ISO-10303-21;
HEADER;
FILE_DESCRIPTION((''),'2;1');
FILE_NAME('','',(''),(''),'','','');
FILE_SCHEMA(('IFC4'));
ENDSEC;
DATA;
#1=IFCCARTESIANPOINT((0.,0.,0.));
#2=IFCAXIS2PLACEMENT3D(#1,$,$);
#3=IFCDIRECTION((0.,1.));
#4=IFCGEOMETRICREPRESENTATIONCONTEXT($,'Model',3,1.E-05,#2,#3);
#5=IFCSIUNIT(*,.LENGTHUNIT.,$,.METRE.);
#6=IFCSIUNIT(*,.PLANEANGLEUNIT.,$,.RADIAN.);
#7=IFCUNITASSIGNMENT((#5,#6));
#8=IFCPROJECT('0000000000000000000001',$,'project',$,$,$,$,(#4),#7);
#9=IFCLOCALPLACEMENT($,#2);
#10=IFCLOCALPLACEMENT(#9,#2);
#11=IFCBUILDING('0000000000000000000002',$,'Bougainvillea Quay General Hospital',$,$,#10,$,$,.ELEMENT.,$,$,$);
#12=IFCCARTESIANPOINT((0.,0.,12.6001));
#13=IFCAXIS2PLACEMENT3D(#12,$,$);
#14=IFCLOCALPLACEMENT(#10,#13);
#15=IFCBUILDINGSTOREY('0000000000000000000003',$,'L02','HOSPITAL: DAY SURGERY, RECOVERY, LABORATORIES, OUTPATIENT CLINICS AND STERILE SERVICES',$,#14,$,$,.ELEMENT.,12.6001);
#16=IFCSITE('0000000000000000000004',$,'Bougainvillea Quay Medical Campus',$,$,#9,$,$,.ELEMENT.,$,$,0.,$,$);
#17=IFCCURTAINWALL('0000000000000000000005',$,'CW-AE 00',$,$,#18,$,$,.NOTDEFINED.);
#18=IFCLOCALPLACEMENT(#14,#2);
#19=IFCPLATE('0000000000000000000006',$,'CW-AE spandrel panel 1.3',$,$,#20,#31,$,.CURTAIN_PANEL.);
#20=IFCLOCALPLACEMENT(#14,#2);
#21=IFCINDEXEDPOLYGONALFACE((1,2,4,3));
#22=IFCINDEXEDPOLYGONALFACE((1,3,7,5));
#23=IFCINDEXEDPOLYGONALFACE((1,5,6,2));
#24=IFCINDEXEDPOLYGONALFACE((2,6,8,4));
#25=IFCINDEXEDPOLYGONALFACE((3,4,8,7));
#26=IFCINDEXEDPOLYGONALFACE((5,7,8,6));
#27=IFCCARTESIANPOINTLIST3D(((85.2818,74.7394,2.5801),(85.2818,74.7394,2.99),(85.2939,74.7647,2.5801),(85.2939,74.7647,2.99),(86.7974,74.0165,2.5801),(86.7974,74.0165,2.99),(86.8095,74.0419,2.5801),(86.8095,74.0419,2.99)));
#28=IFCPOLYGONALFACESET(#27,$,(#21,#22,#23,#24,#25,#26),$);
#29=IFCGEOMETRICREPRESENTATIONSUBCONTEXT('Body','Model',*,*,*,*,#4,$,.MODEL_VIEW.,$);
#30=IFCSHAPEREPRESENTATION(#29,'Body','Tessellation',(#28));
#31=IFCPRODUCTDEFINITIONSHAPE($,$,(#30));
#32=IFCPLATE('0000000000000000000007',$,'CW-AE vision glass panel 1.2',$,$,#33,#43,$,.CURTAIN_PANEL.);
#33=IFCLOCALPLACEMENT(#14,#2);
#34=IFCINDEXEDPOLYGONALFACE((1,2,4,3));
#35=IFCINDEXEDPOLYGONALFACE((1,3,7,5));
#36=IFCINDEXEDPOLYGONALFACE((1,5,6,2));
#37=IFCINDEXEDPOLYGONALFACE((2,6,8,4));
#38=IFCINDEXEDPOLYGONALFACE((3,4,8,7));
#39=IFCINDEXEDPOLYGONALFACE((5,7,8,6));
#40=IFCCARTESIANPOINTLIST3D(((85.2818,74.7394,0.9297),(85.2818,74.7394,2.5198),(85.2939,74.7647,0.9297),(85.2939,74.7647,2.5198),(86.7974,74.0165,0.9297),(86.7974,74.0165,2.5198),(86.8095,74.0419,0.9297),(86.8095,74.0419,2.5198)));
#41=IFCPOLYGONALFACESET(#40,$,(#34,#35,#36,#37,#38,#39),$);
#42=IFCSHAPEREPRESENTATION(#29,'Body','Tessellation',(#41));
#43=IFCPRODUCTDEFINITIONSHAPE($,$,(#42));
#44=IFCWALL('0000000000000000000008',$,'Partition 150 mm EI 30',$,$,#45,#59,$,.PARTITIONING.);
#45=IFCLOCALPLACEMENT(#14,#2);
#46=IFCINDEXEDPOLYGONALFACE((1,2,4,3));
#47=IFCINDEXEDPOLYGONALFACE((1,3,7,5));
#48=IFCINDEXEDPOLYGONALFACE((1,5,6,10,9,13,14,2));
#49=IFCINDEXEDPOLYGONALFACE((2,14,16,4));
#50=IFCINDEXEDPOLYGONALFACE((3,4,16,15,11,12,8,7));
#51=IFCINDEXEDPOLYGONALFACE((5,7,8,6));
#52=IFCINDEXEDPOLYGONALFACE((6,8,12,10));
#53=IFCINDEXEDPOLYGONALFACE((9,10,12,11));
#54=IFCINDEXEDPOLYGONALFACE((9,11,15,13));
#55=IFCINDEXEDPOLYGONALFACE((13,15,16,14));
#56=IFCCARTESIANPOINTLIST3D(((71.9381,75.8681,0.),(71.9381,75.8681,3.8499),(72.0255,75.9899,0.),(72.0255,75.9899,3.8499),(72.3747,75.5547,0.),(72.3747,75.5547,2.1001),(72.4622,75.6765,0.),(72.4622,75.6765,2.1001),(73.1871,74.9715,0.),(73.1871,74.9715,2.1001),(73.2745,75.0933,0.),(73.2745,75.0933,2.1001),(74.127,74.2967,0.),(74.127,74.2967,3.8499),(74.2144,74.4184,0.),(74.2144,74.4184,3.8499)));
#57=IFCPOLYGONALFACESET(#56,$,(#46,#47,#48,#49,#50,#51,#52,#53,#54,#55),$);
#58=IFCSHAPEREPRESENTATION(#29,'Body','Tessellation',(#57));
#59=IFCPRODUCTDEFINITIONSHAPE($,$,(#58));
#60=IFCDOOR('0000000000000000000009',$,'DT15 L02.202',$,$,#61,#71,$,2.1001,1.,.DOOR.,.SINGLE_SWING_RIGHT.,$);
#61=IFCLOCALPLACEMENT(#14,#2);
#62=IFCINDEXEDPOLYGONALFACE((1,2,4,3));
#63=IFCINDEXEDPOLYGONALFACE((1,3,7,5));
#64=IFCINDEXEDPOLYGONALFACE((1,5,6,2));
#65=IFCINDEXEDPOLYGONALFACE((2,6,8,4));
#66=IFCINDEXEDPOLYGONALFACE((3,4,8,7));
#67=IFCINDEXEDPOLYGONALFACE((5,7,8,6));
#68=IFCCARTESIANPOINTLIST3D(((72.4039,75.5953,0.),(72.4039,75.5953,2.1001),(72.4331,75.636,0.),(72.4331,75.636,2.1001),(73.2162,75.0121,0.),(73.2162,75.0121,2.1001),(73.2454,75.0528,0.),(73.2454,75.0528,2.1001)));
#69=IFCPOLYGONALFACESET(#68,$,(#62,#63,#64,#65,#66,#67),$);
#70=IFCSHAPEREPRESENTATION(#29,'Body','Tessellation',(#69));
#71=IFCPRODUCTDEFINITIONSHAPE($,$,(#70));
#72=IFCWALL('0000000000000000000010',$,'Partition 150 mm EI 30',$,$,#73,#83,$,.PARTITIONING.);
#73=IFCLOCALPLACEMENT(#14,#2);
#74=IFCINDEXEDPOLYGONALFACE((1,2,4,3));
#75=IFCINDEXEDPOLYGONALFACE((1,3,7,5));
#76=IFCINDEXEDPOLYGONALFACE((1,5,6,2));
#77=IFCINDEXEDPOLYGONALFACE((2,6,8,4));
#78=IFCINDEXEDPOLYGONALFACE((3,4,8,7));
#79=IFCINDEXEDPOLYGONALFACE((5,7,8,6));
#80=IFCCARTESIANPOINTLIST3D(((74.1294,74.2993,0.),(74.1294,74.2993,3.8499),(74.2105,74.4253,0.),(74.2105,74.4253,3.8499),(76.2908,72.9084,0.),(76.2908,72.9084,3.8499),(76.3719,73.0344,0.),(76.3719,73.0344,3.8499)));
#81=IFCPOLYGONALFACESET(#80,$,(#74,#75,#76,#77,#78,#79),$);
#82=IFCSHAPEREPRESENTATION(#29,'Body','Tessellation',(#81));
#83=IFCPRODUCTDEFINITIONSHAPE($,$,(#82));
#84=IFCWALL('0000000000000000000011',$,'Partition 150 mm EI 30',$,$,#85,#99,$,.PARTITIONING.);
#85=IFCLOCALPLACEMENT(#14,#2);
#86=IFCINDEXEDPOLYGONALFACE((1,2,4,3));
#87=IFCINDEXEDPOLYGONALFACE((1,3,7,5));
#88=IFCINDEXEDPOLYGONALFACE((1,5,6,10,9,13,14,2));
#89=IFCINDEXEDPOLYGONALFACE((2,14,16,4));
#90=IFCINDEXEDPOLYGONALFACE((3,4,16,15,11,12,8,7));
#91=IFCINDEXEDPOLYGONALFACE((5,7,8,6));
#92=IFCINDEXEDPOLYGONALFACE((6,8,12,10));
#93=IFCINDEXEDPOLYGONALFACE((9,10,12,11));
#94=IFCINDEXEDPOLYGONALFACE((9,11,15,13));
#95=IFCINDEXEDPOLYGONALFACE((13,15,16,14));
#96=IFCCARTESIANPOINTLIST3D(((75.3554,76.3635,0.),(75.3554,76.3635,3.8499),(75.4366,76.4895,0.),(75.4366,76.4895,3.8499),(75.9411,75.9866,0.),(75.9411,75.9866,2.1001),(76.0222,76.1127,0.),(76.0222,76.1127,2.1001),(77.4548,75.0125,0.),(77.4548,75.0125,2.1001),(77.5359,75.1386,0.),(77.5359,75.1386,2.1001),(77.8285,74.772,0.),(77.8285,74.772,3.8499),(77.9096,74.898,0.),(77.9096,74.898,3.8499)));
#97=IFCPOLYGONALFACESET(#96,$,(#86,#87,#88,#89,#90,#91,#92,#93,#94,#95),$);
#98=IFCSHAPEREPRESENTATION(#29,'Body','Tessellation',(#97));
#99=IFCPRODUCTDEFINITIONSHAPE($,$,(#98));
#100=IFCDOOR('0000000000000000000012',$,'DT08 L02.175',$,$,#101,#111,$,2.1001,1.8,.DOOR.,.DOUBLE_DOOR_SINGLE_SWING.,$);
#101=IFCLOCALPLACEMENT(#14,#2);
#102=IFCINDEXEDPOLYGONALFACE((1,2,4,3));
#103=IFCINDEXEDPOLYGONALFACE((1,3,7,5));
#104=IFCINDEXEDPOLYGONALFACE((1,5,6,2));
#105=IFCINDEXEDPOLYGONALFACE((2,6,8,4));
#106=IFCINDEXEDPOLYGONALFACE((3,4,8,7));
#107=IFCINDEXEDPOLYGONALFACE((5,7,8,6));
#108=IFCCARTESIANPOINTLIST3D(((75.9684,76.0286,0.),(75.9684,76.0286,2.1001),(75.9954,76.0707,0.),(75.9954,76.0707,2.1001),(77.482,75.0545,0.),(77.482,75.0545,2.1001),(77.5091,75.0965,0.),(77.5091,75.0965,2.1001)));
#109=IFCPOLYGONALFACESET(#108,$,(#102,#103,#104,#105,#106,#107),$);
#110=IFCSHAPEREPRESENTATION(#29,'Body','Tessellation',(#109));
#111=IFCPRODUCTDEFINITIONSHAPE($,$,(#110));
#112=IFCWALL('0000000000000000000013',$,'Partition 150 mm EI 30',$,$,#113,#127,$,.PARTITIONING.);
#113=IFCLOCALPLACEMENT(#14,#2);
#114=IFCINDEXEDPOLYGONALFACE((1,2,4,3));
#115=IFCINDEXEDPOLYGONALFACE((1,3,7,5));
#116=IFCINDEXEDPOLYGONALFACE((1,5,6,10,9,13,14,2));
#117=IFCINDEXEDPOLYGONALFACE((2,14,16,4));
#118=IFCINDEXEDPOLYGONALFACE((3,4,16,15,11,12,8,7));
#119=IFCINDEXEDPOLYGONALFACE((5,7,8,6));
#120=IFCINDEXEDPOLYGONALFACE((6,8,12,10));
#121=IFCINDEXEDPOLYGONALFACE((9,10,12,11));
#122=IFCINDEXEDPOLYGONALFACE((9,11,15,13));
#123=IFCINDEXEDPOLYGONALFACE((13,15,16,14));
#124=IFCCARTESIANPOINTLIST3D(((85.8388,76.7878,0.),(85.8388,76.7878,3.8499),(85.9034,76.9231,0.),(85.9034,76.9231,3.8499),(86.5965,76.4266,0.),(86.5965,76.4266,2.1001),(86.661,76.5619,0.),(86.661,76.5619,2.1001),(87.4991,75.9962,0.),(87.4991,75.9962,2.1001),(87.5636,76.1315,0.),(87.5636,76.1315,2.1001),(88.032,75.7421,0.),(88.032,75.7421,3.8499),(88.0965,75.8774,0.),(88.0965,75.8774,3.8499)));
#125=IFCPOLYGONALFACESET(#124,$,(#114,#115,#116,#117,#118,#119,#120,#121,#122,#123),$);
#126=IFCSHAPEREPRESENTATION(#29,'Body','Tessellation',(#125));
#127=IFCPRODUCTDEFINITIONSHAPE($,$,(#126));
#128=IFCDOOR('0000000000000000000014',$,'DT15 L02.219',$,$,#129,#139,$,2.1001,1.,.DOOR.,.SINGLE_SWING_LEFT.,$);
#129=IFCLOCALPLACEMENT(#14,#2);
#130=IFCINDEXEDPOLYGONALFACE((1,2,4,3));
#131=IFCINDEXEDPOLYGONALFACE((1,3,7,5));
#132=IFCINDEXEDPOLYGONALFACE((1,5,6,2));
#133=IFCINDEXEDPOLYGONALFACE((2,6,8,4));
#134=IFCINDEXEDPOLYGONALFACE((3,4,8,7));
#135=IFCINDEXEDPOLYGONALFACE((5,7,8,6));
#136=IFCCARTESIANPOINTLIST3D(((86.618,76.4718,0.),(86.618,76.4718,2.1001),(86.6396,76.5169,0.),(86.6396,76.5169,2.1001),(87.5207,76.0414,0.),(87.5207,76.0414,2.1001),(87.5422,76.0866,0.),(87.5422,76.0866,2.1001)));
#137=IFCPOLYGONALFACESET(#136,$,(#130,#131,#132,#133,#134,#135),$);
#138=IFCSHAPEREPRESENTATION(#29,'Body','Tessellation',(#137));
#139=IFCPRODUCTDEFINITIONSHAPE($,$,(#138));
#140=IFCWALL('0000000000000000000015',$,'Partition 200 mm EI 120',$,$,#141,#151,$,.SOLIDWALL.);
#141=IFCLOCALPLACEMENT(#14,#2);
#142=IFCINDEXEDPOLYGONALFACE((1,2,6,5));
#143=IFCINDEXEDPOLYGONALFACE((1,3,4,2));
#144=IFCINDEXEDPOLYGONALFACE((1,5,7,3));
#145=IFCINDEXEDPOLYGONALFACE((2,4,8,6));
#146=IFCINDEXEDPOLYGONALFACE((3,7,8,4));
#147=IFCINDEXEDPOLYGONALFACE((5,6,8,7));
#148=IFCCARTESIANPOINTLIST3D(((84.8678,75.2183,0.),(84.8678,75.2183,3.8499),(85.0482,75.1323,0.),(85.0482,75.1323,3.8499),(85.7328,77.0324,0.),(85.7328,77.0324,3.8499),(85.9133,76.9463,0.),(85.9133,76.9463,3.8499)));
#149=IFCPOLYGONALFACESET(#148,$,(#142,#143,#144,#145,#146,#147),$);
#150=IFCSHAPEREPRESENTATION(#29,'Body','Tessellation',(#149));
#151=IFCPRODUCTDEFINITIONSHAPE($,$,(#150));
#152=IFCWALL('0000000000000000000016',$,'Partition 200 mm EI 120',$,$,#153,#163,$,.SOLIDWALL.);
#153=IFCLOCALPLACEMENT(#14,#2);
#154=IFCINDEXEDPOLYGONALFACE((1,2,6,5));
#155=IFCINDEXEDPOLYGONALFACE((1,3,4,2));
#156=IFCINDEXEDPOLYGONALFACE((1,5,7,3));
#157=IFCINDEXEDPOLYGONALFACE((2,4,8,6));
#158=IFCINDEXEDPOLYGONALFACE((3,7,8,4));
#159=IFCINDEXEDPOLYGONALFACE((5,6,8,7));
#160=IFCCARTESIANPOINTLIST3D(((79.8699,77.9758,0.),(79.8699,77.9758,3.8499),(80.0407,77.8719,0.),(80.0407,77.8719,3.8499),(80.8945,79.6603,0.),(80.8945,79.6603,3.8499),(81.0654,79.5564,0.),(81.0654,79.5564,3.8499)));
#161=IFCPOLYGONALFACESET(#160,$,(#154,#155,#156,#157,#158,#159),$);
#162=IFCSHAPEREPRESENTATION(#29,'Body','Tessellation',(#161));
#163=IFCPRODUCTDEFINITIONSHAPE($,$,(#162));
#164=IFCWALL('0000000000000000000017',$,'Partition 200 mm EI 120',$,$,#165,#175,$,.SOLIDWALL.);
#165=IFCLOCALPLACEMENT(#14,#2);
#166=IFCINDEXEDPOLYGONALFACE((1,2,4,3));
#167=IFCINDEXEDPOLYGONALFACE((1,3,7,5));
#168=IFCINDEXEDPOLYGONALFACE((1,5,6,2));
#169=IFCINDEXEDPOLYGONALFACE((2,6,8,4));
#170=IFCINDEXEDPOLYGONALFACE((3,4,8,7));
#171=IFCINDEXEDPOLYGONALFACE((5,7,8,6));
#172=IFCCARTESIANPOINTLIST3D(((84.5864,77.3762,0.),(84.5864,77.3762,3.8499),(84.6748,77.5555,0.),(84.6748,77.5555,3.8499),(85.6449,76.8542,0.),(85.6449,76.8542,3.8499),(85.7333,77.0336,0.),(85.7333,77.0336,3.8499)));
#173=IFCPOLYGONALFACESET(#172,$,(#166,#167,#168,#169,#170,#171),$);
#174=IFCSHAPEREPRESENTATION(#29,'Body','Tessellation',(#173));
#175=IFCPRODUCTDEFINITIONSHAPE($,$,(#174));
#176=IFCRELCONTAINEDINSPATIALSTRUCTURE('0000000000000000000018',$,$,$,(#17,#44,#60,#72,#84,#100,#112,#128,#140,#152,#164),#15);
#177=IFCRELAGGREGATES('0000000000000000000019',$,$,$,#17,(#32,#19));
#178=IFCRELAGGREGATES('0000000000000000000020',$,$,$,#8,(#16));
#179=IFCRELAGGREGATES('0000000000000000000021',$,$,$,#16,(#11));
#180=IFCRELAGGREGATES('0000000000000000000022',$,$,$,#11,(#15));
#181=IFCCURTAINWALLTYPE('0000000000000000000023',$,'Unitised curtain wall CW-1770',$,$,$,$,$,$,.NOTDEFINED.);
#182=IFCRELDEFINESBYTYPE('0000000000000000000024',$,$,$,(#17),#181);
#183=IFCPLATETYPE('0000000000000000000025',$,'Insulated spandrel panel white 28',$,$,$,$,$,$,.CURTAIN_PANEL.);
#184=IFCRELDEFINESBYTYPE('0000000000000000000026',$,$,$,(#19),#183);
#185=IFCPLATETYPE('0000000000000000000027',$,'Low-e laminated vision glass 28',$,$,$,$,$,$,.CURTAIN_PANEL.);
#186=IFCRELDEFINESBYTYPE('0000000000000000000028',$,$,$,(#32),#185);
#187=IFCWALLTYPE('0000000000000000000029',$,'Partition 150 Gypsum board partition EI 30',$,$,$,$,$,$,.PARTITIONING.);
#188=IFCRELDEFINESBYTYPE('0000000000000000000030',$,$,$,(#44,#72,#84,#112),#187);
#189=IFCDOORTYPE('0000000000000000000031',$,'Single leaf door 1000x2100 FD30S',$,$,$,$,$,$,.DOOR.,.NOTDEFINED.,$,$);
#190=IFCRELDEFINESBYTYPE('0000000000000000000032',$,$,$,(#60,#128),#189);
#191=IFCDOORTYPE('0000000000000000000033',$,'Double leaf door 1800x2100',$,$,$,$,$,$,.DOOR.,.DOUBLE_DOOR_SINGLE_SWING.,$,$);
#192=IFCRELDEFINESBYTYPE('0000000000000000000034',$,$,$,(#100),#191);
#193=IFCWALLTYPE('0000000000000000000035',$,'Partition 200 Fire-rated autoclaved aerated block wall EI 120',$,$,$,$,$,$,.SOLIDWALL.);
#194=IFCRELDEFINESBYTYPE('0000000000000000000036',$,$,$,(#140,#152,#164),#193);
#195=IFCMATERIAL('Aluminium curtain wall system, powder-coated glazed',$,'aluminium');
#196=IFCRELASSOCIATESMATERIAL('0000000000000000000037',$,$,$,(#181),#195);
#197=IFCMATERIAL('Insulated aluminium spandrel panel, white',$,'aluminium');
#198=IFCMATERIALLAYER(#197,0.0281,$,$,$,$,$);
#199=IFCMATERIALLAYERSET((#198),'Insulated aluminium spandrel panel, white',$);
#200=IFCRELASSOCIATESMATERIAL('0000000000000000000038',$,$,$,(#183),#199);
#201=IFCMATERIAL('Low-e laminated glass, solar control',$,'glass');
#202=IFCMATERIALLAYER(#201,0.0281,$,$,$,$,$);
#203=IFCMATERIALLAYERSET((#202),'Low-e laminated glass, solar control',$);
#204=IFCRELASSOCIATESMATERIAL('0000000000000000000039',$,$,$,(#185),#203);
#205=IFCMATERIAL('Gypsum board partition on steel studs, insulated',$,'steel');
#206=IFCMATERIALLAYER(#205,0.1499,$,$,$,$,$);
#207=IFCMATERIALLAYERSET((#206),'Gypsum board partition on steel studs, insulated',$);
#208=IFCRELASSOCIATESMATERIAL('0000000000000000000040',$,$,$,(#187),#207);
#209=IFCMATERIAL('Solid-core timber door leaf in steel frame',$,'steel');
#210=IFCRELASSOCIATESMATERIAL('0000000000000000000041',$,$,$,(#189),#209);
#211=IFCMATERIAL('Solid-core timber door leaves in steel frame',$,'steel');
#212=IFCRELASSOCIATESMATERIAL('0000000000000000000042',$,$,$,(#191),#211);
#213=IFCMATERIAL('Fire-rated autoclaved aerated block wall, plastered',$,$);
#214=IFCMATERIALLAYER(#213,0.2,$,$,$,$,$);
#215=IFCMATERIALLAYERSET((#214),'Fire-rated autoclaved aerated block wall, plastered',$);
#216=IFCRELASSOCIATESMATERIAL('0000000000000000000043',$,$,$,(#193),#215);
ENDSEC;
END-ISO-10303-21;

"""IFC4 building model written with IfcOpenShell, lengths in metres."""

from ifc_helpers import new_model, si_unit, direction, frame, frame_2d, origin, origin_2d, place, context, subcontext, project, spatial, rectangle, extrude, material, layer, layer_set, type_object, element, fill, aggregate, save


model = new_model("IFC4")

# Units and contexts
model_context = context("Model", 3, precision=1e-05, world=origin(), true_north=direction((0.0, 1.0)))
body_context = subcontext(model_context, "Body", "Model", "MODEL_VIEW")
ifc_project = project(units=[si_unit("LENGTHUNIT", "METRE"), si_unit("PLANEANGLEUNIT", "RADIAN")], contexts=[model_context])

# Site, building, storey
site_placement = place(None, origin())
site = spatial("IfcSite", under=ifc_project, at=site_placement, Name="Bougainvillea Quay Medical Campus", CompositionType="ELEMENT", RefElevation=0.0)
building_placement = place(site_placement, origin())
building = spatial("IfcBuilding", under=site, at=building_placement, Name="Bougainvillea Quay General Hospital", CompositionType="ELEMENT")
storey_placement = place(building_placement, frame((0.0, 0.0, 12.6001)))
storey = spatial("IfcBuildingStorey", under=building, at=storey_placement, Name="L02", Description="HOSPITAL: DAY SURGERY, RECOVERY, LABORATORIES, OUTPATIENT CLINICS AND STERILE SERVICES", CompositionType="ELEMENT", Elevation=12.6001)

# Curtain wall, plates
ifc_material_1 = material(Name="Aluminium curtain wall system, powder-coated glazed", Category="aluminium")
curtain_wall_type = type_object("IfcCurtainWallType", Name="Unitised curtain wall CW-1770", PredefinedType="NOTDEFINED", material=ifc_material_1)
curtain_wall_placement = place(storey_placement, origin())
curtain_wall = element("IfcCurtainWall", 1, at=curtain_wall_placement, inside=storey, type_object=curtain_wall_type, Name="CW-AE 00", PredefinedType="NOTDEFINED")
ifc_material_2 = material(Name="Insulated aluminium spandrel panel, white", Category="aluminium")
ifc_layer_1 = layer(ifc_material_2, 0.0281)
ifc_layer_set_1 = layer_set([ifc_layer_1], Name="Insulated aluminium spandrel panel, white")
plate_type_1 = type_object("IfcPlateType", Name="Insulated spandrel panel white 28", PredefinedType="CURTAIN_PANEL", material=ifc_layer_set_1)
plate_1_placement = place(storey_placement, frame((86.0457, 74.3906, 2.5801), z_axis=(0.0, 0.0, 1.0), x_axis=(0.902608, -0.430463, 0.0)))
plate_1 = element("IfcPlate", 2, at=plate_1_placement, type_object=plate_type_1, Name="CW-AE spandrel panel 1.3", PredefinedType="CURTAIN_PANEL", context=body_context, shape_type="SweptSolid", body=[
    extrude(rectangle(XDim=1.6792, YDim=0.0281, at=origin_2d()), origin(), (0.0, 0.0, 1.0), 0.4099),
])
ifc_material_3 = material(Name="Low-e laminated glass, solar control", Category="glass")
ifc_layer_2 = layer(ifc_material_3, 0.0281)
ifc_layer_set_2 = layer_set([ifc_layer_2], Name="Low-e laminated glass, solar control")
plate_type_2 = type_object("IfcPlateType", Name="Low-e laminated vision glass 28", PredefinedType="CURTAIN_PANEL", material=ifc_layer_set_2)
plate_2_placement = place(storey_placement, frame((86.0457, 74.3906, 0.9297), z_axis=(0.0, 0.0, 1.0), x_axis=(0.902608, -0.430463, 0.0)))
plate_2 = element("IfcPlate", 3, at=plate_2_placement, type_object=plate_type_2, Name="CW-AE vision glass panel 1.2", PredefinedType="CURTAIN_PANEL", context=body_context, shape_type="SweptSolid", body=[
    extrude(rectangle(XDim=1.6792, YDim=0.0281, at=origin_2d()), origin(), (0.0, 0.0, 1.0), 1.5901),
])
aggregate(curtain_wall, [plate_2, plate_1])

# Wall, opening, door
ifc_material_4 = material(Name="Gypsum board partition on steel studs, insulated", Category="steel")
ifc_layer_3 = layer(ifc_material_4, 0.1499)
ifc_layer_set_3 = layer_set([ifc_layer_3], Name="Gypsum board partition on steel studs, insulated")
wall_type_1 = type_object("IfcWallType", Name="Partition 150 Gypsum board partition EI 30", PredefinedType="PARTITIONING", material=ifc_layer_set_3)
wall_1_placement = place(storey_placement, frame((71.9819, 75.929, 0.0), z_axis=(0.0, 0.0, 1.0), x_axis=(0.812329, -0.583199, 0.0)))
wall_1 = element("IfcWall", 4, at=wall_1_placement, inside=storey, type_object=wall_type_1, Name="Partition 150 mm EI 30", PredefinedType="PARTITIONING", context=body_context, shape_type="SweptSolid", body=[
    extrude(rectangle(XDim=2.6946, YDim=0.1499, at=frame_2d((1.3472, 0.0))), origin(), (0.0, 0.0, 1.0), 3.8499),
])
opening_1_placement = place(wall_1_placement, frame((0.5374, 0.0, 0.0)))
opening_1 = element("IfcOpeningElement", 5, at=opening_1_placement, cuts=wall_1, PredefinedType="OPENING", context=body_context, shape_type="SweptSolid", body=[
    extrude(rectangle(XDim=1.0, YDim=2.1001, at=frame_2d((0.5, 1.05))), frame((0.0, 0.085, 0.0), z_axis=(0.0, -1.0, 0.0), x_axis=(1.0, 0.0, 0.0)), (0.0, 0.0, 1.0), 0.1699),
])
ifc_material_5 = material(Name="Solid-core timber door leaf in steel frame", Category="steel")
door_type_1 = type_object("IfcDoorType", Name="Single leaf door 1000x2100 FD30S", OperationType="NOTDEFINED", PredefinedType="DOOR", material=ifc_material_5)
door_1_placement = place(opening_1_placement, frame((1.0, 0.0, 0.0), z_axis=(0.0, 0.0, 1.0), x_axis=(-1.0, 0.0, 0.0)))
door_1 = element("IfcDoor", 6, at=door_1_placement, inside=storey, type_object=door_type_1, Name="DT15 L02.202", OperationType="SINGLE_SWING_RIGHT", OverallHeight=2.1001, OverallWidth=1.0, PredefinedType="DOOR", context=body_context, shape_type="SweptSolid", body=[
    extrude(rectangle(XDim=1.0, YDim=2.1001, at=frame_2d((0.5, 1.05))), frame((0.0, 0.0249, 0.0), z_axis=(0.0, -1.0, 0.0), x_axis=(1.0, 0.0, 0.0)), (0.0, 0.0, 1.0), 0.05),
])
fill(opening_1, door_1)

# Wall
wall_2_placement = place(storey_placement, frame((74.1699, 74.3623, 0.0), z_axis=(0.0, 0.0, 1.0), x_axis=(0.840928, -0.541146, 0.0)))
element("IfcWall", 7, at=wall_2_placement, inside=storey, type_object=wall_type_1, Name="Partition 150 mm EI 30", PredefinedType="PARTITIONING", context=body_context, shape_type="SweptSolid", body=[
    extrude(rectangle(XDim=2.5703, YDim=0.1499, at=frame_2d((1.2852, 0.0))), origin(), (0.0, 0.0, 1.0), 3.8499),
])

# Walls, openings, doors
wall_3_placement = place(storey_placement, frame((75.396, 76.4265, 0.0), z_axis=(0.0, 0.0, 1.0), x_axis=(0.840919, -0.54116, 0.0)))
wall_3 = element("IfcWall", 8, at=wall_3_placement, inside=storey, type_object=wall_type_1, Name="Partition 150 mm EI 30", PredefinedType="PARTITIONING", context=body_context, shape_type="SweptSolid", body=[
    extrude(rectangle(XDim=2.9409, YDim=0.1499, at=frame_2d((1.4705, 0.0))), origin(), (0.0, 0.0, 1.0), 3.8499),
])
opening_2_placement = place(wall_3_placement, frame((0.6965, 0.0, 0.0)))
opening_2 = element("IfcOpeningElement", 9, at=opening_2_placement, cuts=wall_3, PredefinedType="OPENING", context=body_context, shape_type="SweptSolid", body=[
    extrude(rectangle(XDim=1.8, YDim=2.1001, at=frame_2d((0.8999, 1.05))), frame((0.0, 0.085, 0.0), z_axis=(0.0, -1.0, 0.0), x_axis=(1.0, 0.0, 0.0)), (0.0, 0.0, 1.0), 0.1699),
])
ifc_material_6 = material(Name="Solid-core timber door leaves in steel frame", Category="steel")
door_type_2 = type_object("IfcDoorType", Name="Double leaf door 1800x2100", OperationType="DOUBLE_DOOR_SINGLE_SWING", PredefinedType="DOOR", material=ifc_material_6)
door_2_placement = place(opening_2_placement, frame((1.8, 0.0, 0.0), z_axis=(0.0, 0.0, 1.0), x_axis=(-1.0, 0.0, 0.0)))
door_2 = element("IfcDoor", 10, at=door_2_placement, inside=storey, type_object=door_type_2, Name="DT08 L02.175", OperationType="DOUBLE_DOOR_SINGLE_SWING", OverallHeight=2.1001, OverallWidth=1.8, PredefinedType="DOOR", context=body_context, shape_type="SweptSolid", body=[
    extrude(rectangle(XDim=1.8, YDim=2.1001, at=frame_2d((0.8999, 1.05))), frame((0.0, 0.0249, 0.0), z_axis=(0.0, -1.0, 0.0), x_axis=(1.0, 0.0, 0.0)), (0.0, 0.0, 1.0), 0.05),
])
fill(opening_2, door_2)
wall_4_placement = place(storey_placement, frame((85.8711, 76.8555, 0.0), z_axis=(0.0, 0.0, 1.0), x_axis=(0.902651, -0.430374, 0.0)))
wall_4 = element("IfcWall", 11, at=wall_4_placement, inside=storey, type_object=wall_type_1, Name="Partition 150 mm EI 30", PredefinedType="PARTITIONING", context=body_context, shape_type="SweptSolid", body=[
    extrude(rectangle(XDim=2.4297, YDim=0.1499, at=frame_2d((1.2148, 0.0))), origin(), (0.0, 0.0, 1.0), 3.8499),
])
opening_3_placement = place(wall_4_placement, frame((0.8394, 0.0, 0.0)))
opening_3 = element("IfcOpeningElement", 12, at=opening_3_placement, cuts=wall_4, PredefinedType="OPENING", context=body_context, shape_type="SweptSolid", body=[
    extrude(rectangle(XDim=1.0, YDim=2.1001, at=frame_2d((0.5, 1.05))), frame((0.0, 0.085, 0.0), z_axis=(0.0, -1.0, 0.0), x_axis=(1.0, 0.0, 0.0)), (0.0, 0.0, 1.0), 0.1699),
])
door_3_placement = place(opening_3_placement, frame((1.0, 0.0, 0.0), z_axis=(0.0, 0.0, 1.0), x_axis=(-1.0, 0.0, 0.0)))
door_3 = element("IfcDoor", 13, at=door_3_placement, inside=storey, type_object=door_type_1, Name="DT15 L02.219", OperationType="SINGLE_SWING_LEFT", OverallHeight=2.1001, OverallWidth=1.0, PredefinedType="DOOR", context=body_context, shape_type="SweptSolid", body=[
    extrude(rectangle(XDim=1.0, YDim=2.1001, at=frame_2d((0.5, 1.05))), frame((0.0, 0.0249, 0.0), z_axis=(0.0, -1.0, 0.0), x_axis=(1.0, 0.0, 0.0)), (0.0, 0.0, 1.0), 0.05),
])
fill(opening_3, door_3)

# Walls
ifc_material_7 = material(Name="Fire-rated autoclaved aerated block wall, plastered")
ifc_layer_4 = layer(ifc_material_7, 0.2)
ifc_layer_set_4 = layer_set([ifc_layer_4], Name="Fire-rated autoclaved aerated block wall, plastered")
wall_type_2 = type_object("IfcWallType", Name="Partition 200 Fire-rated autoclaved aerated block wall EI 120", PredefinedType="SOLIDWALL", material=ifc_layer_set_4)
wall_5_placement = place(storey_placement, frame((84.958, 75.1753, 0.0), z_axis=(0.0, 0.0, 1.0), x_axis=(0.430419, 0.902629, 0.0)))
element("IfcWall", 14, at=wall_5_placement, inside=storey, type_object=wall_type_2, Name="Partition 200 mm EI 120", PredefinedType="SOLIDWALL", context=body_context, shape_type="SweptSolid", body=[
    extrude(rectangle(XDim=2.0098, YDim=0.2, at=frame_2d((1.0049, 0.0))), origin(), (0.0, 0.0, 1.0), 3.8499),
])
wall_6_placement = place(storey_placement, frame((79.9553, 77.9238, 0.0), z_axis=(0.0, 0.0, 1.0), x_axis=(0.519676, 0.854363, 0.0)))
element("IfcWall", 15, at=wall_6_placement, inside=storey, type_object=wall_type_2, Name="Partition 200 mm EI 120", PredefinedType="SOLIDWALL", context=body_context, shape_type="SweptSolid", body=[
    extrude(rectangle(XDim=1.9717, YDim=0.2, at=frame_2d((0.9858, 0.0))), origin(), (0.0, 0.0, 1.0), 3.8499),
])
wall_7_placement = place(storey_placement, frame((84.6306, 77.4658, 0.0), z_axis=(0.0, 0.0, 1.0), x_axis=(0.896896, -0.442242, 0.0)))
element("IfcWall", 16, at=wall_7_placement, inside=storey, type_object=wall_type_2, Name="Partition 200 mm EI 120", PredefinedType="SOLIDWALL", context=body_context, shape_type="SweptSolid", body=[
    extrude(rectangle(XDim=1.1802, YDim=0.2, at=frame_2d((0.5901, 0.0))), origin(), (0.0, 0.0, 1.0), 3.8499),
])

save(model, "model.ifc")
